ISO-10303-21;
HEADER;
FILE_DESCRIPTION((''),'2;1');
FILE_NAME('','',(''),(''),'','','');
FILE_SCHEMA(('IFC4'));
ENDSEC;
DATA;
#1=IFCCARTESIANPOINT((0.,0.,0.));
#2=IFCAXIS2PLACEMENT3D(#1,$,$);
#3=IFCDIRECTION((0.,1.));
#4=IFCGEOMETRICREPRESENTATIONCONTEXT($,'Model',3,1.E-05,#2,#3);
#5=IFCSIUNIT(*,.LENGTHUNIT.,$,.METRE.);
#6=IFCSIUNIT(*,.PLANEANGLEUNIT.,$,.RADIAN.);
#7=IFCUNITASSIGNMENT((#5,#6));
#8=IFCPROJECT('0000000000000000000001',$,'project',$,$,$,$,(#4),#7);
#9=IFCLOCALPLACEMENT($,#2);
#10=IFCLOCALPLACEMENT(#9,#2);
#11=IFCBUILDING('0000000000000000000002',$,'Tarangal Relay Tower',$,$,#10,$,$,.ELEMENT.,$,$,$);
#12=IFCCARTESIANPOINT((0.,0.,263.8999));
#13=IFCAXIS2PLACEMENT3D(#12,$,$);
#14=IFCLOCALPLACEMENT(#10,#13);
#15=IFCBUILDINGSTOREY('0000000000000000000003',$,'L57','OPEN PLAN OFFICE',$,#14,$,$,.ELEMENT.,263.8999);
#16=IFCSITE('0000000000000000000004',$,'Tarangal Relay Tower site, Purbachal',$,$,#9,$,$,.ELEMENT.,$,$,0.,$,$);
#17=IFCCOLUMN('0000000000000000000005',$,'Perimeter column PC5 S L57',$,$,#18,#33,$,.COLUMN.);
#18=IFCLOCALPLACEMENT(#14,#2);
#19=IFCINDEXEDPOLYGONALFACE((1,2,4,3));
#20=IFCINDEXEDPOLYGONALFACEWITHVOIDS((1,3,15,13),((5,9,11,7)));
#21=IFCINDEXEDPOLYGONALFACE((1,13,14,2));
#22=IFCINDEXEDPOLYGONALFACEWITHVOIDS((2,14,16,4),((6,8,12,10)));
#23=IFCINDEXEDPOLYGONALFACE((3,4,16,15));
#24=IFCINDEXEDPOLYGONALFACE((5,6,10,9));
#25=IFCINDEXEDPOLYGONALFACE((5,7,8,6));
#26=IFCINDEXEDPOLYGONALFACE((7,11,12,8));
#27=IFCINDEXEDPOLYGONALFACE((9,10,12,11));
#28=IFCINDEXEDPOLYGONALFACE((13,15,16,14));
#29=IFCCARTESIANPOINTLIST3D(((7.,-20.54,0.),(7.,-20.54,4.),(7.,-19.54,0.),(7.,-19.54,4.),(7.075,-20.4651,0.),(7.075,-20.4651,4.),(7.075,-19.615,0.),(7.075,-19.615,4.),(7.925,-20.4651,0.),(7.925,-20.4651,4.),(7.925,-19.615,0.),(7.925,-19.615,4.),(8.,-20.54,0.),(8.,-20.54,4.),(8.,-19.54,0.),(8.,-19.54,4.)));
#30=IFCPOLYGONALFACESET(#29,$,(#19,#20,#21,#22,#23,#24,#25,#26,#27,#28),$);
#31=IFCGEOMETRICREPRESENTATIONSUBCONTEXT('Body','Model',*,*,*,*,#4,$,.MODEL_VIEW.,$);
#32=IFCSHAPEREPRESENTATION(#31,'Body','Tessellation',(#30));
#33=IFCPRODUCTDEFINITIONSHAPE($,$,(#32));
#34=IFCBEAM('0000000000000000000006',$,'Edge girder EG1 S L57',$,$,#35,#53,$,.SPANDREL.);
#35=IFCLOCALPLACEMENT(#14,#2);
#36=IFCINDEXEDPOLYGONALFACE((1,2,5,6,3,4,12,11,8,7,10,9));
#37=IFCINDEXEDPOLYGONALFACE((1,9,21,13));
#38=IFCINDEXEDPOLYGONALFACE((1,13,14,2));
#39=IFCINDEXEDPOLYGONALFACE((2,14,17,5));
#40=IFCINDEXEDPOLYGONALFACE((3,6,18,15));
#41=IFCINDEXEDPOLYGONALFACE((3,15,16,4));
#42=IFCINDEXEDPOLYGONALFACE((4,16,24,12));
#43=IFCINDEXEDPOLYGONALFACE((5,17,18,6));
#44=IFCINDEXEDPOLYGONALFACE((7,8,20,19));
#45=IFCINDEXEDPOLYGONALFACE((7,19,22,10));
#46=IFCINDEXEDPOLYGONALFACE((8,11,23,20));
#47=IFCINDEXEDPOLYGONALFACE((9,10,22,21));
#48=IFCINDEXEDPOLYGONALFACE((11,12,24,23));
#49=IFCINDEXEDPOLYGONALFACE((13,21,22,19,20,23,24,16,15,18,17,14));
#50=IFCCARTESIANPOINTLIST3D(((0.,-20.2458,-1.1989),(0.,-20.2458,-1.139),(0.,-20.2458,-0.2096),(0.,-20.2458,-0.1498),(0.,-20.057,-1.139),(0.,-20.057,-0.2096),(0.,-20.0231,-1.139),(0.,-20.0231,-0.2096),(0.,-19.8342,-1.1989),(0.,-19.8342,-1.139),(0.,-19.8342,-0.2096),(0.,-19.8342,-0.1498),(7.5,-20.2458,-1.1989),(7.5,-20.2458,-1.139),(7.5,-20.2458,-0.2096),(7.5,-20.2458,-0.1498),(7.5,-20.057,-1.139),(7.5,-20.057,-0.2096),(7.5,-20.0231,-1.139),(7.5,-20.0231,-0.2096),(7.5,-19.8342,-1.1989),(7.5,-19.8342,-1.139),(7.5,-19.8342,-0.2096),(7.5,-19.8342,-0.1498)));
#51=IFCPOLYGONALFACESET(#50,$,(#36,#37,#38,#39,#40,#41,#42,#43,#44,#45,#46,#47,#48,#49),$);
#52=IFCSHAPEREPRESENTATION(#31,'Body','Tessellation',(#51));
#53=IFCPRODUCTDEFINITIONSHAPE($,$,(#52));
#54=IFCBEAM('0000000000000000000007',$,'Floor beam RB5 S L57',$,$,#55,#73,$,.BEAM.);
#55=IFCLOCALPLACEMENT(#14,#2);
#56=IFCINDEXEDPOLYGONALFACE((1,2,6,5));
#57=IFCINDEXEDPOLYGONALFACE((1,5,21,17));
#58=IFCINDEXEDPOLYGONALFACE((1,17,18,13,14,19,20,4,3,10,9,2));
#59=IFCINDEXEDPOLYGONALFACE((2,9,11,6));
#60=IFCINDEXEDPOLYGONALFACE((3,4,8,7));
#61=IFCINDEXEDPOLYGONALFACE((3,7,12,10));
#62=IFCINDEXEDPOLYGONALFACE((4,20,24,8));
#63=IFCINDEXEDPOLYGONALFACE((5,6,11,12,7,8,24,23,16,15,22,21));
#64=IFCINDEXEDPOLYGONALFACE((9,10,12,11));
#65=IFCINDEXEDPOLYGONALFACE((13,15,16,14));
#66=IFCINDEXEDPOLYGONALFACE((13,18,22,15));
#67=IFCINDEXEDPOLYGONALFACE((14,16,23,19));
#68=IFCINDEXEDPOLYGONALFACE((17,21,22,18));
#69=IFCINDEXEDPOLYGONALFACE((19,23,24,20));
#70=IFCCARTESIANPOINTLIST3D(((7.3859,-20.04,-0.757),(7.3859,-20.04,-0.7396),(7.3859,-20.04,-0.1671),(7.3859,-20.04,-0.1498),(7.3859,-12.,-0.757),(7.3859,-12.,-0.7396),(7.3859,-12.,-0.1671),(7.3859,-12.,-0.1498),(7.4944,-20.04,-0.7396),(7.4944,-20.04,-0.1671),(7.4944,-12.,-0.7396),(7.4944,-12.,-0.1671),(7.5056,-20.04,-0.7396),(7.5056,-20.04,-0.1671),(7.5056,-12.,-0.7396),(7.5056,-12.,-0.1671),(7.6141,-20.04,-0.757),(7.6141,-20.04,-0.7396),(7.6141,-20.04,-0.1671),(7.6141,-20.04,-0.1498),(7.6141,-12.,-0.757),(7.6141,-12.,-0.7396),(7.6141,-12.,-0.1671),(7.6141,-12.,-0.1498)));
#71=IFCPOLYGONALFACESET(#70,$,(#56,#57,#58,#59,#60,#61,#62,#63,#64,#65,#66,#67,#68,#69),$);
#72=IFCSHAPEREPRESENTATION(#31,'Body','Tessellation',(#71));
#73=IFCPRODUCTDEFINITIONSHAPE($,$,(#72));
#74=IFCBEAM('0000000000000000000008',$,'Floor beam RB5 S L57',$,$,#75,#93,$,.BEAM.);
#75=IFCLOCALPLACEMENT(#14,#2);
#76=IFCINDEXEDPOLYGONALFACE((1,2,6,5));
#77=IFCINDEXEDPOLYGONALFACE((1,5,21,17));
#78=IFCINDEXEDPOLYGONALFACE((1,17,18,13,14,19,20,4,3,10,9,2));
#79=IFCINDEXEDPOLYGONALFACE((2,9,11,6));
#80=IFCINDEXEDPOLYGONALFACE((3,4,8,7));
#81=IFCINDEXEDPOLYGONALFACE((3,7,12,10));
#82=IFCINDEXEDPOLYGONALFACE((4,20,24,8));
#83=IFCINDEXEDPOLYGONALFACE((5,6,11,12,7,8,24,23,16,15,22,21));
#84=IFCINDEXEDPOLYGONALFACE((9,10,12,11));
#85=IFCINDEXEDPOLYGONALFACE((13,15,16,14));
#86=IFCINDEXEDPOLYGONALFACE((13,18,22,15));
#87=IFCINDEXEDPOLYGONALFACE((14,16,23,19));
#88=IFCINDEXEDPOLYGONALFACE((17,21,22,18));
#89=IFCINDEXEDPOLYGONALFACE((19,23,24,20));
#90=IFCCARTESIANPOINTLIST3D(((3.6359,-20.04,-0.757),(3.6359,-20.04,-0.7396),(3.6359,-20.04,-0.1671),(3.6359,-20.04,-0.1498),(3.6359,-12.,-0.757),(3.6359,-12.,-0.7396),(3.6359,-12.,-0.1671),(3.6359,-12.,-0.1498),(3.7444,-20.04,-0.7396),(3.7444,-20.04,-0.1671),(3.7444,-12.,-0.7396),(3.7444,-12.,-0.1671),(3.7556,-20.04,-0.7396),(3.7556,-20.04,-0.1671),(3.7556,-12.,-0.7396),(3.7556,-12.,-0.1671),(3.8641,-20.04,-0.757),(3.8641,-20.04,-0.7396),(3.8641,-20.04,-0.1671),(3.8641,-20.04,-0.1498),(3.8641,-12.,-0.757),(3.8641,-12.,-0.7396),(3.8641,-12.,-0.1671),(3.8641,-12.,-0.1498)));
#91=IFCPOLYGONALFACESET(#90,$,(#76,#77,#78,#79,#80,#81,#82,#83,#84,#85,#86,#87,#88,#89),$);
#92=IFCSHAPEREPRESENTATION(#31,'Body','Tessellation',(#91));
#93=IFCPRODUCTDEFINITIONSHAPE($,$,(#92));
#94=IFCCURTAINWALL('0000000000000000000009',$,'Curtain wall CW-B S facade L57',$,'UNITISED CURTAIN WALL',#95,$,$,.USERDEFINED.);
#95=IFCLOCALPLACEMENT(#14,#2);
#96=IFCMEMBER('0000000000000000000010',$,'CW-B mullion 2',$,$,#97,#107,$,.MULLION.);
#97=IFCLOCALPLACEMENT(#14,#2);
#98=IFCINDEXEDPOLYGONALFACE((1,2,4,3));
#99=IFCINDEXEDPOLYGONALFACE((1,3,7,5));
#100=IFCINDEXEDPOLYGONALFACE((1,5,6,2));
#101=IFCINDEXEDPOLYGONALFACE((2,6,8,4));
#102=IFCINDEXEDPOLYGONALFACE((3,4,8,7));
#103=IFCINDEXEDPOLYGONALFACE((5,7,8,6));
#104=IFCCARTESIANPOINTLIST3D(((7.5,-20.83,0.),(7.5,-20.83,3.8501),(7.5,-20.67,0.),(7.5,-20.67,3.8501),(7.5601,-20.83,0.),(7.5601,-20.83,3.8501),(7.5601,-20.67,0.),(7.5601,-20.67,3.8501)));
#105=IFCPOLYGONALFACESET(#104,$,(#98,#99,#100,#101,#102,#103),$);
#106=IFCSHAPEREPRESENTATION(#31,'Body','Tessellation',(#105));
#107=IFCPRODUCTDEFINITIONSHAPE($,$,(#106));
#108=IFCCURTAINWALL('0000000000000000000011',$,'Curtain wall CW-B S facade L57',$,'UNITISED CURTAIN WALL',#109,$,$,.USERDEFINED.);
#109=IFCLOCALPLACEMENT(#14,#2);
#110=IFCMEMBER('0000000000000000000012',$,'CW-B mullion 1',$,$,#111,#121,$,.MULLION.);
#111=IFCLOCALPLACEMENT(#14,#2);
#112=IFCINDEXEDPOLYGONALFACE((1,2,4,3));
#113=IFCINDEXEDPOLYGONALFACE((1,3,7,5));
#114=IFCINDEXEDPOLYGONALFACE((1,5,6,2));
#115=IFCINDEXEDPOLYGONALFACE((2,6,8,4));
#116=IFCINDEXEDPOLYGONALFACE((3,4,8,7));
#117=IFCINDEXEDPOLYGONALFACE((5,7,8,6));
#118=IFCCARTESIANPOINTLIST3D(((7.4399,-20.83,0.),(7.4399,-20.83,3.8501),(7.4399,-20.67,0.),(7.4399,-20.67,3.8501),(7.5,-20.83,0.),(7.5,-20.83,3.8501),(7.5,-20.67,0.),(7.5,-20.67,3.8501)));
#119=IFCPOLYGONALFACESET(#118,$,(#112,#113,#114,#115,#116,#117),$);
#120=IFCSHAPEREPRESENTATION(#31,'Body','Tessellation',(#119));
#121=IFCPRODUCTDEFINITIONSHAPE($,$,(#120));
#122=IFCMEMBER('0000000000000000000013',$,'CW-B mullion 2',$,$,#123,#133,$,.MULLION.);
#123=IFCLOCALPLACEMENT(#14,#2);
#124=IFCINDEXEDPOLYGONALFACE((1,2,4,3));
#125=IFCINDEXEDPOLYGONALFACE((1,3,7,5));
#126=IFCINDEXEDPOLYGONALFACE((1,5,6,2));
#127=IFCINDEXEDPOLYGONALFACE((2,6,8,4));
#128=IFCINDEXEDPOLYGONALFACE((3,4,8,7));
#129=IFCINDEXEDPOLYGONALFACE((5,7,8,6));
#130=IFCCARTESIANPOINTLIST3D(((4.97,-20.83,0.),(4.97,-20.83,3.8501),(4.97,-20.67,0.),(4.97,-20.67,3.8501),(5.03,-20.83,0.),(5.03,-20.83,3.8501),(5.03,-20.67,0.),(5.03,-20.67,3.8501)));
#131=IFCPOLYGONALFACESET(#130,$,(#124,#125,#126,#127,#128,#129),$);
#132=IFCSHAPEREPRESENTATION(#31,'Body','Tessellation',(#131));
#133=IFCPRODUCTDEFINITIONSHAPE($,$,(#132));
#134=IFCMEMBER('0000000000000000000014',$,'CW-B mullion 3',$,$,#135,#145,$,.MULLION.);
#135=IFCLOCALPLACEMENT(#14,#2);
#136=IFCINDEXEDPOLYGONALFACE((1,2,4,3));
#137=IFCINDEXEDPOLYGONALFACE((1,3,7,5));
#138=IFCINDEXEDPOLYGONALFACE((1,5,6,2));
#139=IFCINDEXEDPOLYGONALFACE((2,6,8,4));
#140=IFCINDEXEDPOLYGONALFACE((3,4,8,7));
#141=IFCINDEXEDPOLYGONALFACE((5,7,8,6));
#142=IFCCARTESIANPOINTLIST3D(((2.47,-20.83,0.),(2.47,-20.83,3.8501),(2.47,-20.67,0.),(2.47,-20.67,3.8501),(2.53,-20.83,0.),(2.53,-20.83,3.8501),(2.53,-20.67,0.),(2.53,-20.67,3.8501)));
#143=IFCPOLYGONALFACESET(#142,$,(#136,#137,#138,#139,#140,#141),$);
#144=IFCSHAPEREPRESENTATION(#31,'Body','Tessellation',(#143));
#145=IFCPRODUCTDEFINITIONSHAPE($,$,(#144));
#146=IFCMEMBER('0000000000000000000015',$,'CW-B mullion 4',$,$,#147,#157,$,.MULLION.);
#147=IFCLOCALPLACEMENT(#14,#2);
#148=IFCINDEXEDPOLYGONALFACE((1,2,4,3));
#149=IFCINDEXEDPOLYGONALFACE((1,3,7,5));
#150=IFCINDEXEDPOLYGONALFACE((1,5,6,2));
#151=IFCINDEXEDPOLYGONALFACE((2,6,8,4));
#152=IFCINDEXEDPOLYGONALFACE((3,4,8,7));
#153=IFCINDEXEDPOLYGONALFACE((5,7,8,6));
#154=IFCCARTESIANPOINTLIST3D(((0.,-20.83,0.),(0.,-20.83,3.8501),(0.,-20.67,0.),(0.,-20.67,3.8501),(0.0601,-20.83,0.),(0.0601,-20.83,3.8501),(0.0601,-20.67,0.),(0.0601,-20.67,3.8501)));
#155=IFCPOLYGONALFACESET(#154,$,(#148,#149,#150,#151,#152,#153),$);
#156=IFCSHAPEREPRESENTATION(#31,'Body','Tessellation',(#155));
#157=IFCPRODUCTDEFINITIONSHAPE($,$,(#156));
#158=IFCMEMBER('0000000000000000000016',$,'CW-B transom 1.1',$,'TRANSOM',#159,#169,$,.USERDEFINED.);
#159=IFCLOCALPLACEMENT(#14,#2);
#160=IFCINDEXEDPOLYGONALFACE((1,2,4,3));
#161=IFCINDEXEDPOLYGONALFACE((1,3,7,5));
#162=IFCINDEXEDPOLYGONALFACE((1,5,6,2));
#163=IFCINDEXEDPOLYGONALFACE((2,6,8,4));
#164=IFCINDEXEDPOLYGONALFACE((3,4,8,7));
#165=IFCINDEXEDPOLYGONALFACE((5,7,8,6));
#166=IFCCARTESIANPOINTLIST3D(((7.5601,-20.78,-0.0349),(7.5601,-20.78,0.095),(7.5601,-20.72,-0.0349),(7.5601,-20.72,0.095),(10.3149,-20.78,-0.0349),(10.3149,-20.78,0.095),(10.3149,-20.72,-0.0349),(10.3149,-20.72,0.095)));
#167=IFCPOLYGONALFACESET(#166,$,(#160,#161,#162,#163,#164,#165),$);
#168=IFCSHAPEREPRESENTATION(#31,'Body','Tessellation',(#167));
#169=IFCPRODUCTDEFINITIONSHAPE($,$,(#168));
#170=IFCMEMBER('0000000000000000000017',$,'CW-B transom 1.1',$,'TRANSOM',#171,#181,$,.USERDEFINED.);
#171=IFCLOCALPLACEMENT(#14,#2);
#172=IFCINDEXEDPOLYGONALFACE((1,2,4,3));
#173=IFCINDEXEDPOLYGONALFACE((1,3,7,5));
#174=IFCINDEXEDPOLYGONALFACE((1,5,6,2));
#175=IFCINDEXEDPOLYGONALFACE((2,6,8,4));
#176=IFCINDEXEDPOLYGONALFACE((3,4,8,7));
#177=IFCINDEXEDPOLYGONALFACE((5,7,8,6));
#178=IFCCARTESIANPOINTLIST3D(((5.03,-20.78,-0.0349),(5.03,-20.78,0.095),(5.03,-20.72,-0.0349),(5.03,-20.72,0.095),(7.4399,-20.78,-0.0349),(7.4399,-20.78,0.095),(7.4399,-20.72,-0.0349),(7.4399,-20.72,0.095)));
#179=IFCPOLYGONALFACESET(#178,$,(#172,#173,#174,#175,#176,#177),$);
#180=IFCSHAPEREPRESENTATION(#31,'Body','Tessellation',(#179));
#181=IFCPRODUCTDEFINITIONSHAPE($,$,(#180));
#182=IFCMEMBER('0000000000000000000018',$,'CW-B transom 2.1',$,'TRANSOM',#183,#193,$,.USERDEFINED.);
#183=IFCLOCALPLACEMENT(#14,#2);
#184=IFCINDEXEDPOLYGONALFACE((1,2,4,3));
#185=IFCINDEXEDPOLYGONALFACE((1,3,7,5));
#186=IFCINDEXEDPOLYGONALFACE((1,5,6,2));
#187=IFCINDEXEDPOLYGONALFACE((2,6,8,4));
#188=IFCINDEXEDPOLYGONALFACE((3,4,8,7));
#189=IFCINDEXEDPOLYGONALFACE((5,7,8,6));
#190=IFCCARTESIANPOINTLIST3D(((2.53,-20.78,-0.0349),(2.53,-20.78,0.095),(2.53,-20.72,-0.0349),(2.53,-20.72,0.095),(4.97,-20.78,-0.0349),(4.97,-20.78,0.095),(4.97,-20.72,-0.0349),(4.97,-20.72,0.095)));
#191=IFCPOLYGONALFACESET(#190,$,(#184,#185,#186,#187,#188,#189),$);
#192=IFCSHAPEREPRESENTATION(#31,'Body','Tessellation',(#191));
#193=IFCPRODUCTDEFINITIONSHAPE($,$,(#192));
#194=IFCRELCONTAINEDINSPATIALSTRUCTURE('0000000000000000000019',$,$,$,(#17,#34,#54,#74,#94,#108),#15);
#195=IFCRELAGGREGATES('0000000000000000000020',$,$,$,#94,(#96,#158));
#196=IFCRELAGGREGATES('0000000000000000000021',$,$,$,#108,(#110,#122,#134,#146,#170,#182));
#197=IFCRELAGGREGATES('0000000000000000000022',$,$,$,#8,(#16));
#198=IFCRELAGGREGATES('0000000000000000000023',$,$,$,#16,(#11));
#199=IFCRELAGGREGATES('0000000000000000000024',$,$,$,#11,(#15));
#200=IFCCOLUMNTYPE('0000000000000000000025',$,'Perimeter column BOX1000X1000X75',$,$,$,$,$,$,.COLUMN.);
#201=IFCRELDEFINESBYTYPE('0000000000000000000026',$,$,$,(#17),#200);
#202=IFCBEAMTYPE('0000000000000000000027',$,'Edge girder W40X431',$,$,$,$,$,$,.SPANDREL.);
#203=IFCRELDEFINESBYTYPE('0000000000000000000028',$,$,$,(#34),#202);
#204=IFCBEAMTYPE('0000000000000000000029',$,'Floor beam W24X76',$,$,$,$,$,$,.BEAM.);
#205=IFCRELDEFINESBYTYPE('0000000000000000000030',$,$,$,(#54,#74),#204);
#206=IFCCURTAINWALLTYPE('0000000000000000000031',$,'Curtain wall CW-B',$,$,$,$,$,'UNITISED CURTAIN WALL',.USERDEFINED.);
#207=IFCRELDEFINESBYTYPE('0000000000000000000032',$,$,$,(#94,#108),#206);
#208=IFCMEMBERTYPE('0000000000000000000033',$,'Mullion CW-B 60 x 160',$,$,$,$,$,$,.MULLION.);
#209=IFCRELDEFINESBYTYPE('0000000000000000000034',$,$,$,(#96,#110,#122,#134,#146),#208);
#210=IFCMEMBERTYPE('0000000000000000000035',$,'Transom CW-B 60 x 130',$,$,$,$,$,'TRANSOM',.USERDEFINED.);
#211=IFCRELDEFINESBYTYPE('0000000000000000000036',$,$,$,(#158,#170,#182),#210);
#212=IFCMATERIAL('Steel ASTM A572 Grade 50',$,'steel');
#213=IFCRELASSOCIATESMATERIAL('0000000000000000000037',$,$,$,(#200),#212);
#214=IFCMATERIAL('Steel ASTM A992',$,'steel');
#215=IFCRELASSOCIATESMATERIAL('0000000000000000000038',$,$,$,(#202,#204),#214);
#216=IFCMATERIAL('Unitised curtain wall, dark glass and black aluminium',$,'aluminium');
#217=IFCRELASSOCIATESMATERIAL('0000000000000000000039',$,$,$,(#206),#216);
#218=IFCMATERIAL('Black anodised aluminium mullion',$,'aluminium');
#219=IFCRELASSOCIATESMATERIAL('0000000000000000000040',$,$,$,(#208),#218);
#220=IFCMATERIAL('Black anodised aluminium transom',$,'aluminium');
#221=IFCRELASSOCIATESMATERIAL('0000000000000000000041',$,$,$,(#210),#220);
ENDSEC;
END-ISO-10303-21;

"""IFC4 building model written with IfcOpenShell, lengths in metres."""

from ifc_helpers import new_model, si_unit, direction, frame, origin, origin_2d, place, context, subcontext, project, spatial, rectangle, hollow_rectangle, i_section, extrude, material, material_profile, profile_set, type_object, element, aggregate, save


model = new_model("IFC4")

# Units and contexts
model_context = context("Model", 3, precision=1e-05, world=origin(), true_north=direction((0.0, 1.0)))
body_context = subcontext(model_context, "Body", "Model", "MODEL_VIEW")
ifc_project = project(units=[si_unit("LENGTHUNIT", "METRE"), si_unit("PLANEANGLEUNIT", "RADIAN")], contexts=[model_context])

# Site, building, storey
site_placement = place(None, origin())
site = spatial("IfcSite", under=ifc_project, at=site_placement, Name="Tarangal Relay Tower site, Purbachal", CompositionType="ELEMENT", RefElevation=0.0)
building_placement = place(site_placement, origin())
building = spatial("IfcBuilding", under=site, at=building_placement, Name="Tarangal Relay Tower", CompositionType="ELEMENT")
storey_placement = place(building_placement, frame((0.0, 0.0, 263.8999)))
storey = spatial("IfcBuildingStorey", under=building, at=storey_placement, Name="L57", Description="OPEN PLAN OFFICE", CompositionType="ELEMENT", Elevation=263.8999)

# Column
ifc_material_1 = material(Name="Steel ASTM A572 Grade 50", Category="steel")
ifc_material_profile_1 = material_profile(ifc_material_1, hollow_rectangle(XDim=1.0, YDim=1.0, WallThickness=0.075, at=origin_2d()), Name="BOX1000X1000X75")
ifc_profile_set_1 = profile_set([ifc_material_profile_1], Name="Steel ASTM A572 Grade 50")
column_type = type_object("IfcColumnType", Name="Perimeter column BOX1000X1000X75", PredefinedType="COLUMN", material=ifc_profile_set_1)
column_placement = place(storey_placement, frame((7.5, -20.04, 0.0), z_axis=(0.0, 0.0, 1.0), x_axis=(1.0, 0.0, 0.0)))
element("IfcColumn", 1, at=column_placement, inside=storey, type_object=column_type, Name="Perimeter column PC5 S L57", PredefinedType="COLUMN", context=body_context, shape_type="SweptSolid", body=[
    extrude(hollow_rectangle(XDim=1.0, YDim=1.0, WallThickness=0.075, at=origin_2d()), origin(), (0.0, 0.0, 1.0), 4.0),
])

# Beams
ifc_material_2 = material(Name="Steel ASTM A992", Category="steel")
ifc_material_profile_2 = material_profile(ifc_material_2, i_section(OverallWidth=0.4116, OverallDepth=1.0491, WebThickness=0.0339, FlangeThickness=0.0598, at=origin_2d()), Name="W40X431")
ifc_profile_set_2 = profile_set([ifc_material_profile_2], Name="Steel ASTM A992")
beam_type_1 = type_object("IfcBeamType", Name="Edge girder W40X431", PredefinedType="SPANDREL", material=ifc_profile_set_2)
beam_placement = place(storey_placement, frame((7.5, -20.04, -0.6743), z_axis=(-1.0, 0.0, 0.0), x_axis=(0.0, -1.0, 0.0)))
element("IfcBeam", 2, at=beam_placement, inside=storey, type_object=beam_type_1, Name="Edge girder EG1 S L57", PredefinedType="SPANDREL", context=body_context, shape_type="SweptSolid", body=[
    extrude(i_section(OverallWidth=0.4116, OverallDepth=1.0491, WebThickness=0.0339, FlangeThickness=0.0598, at=origin_2d()), origin(), (0.0, 0.0, 1.0), 7.5),
])
ifc_material_profile_3 = material_profile(ifc_material_2, i_section(OverallWidth=0.2283, OverallDepth=0.6072, WebThickness=0.0112, FlangeThickness=0.0173, at=origin_2d()), Name="W24X76")
ifc_profile_set_3 = profile_set([ifc_material_profile_3], Name="Steel ASTM A992")
beam_type_2 = type_object("IfcBeamType", Name="Floor beam W24X76", PredefinedType="BEAM", material=ifc_profile_set_3)
for number, where, z_axis, x_axis, name in (
    (3, (7.5, -12.0, -0.4534), (0.0, -1.0, 0.0), (1.0, 0.0, 0.0), "Floor beam RB5 S L57"),
    (4, (3.75, -12.0, -0.4534), (0.0, -1.0, 0.0), (1.0, 0.0, 0.0), "Floor beam RB5 S L57"),
):
    element("IfcBeam", number, at=place(storey_placement, frame(where, z_axis=z_axis, x_axis=x_axis)), inside=storey, type_object=beam_type_2, Name=name, PredefinedType="BEAM", context=body_context, shape_type="SweptSolid", body=[
        extrude(i_section(OverallWidth=0.2283, OverallDepth=0.6072, WebThickness=0.0112, FlangeThickness=0.0173, at=origin_2d()), origin(), (0.0, 0.0, 1.0), 8.04),
    ])

# Curtain wall, member
ifc_material_3 = material(Name="Unitised curtain wall, dark glass and black aluminium", Category="aluminium")
curtain_wall_type = type_object("IfcCurtainWallType", Name="Curtain wall CW-B", ElementType="UNITISED CURTAIN WALL", PredefinedType="USERDEFINED", material=ifc_material_3)
curtain_wall_1_placement = place(storey_placement, origin())
curtain_wall_1 = element("IfcCurtainWall", 5, at=curtain_wall_1_placement, inside=storey, type_object=curtain_wall_type, Name="Curtain wall CW-B S facade L57", ObjectType="UNITISED CURTAIN WALL", PredefinedType="USERDEFINED")
ifc_material_4 = material(Name="Black anodised aluminium mullion", Category="aluminium")
ifc_material_profile_4 = material_profile(ifc_material_4, rectangle(XDim=0.1599, YDim=0.0601, at=origin_2d()), Name="CW-BM 60X160")
ifc_profile_set_4 = profile_set([ifc_material_profile_4], Name="Black anodised aluminium mullion")
member_type_1 = type_object("IfcMemberType", Name="Mullion CW-B 60 x 160", PredefinedType="MULLION", material=ifc_profile_set_4)
member_1_placement = place(storey_placement, frame((7.53, -20.75, 0.0), z_axis=(0.0, 0.0, 1.0), x_axis=(0.0, -1.0, 0.0)))
member_1 = element("IfcMember", 6, at=member_1_placement, type_object=member_type_1, Name="CW-B mullion 2", PredefinedType="MULLION", context=body_context, shape_type="SweptSolid", body=[
    extrude(rectangle(XDim=0.1599, YDim=0.0601, at=origin_2d()), origin(), (0.0, 0.0, 1.0), 3.8501),
])

# Curtain wall, members
curtain_wall_2_placement = place(storey_placement, origin())
curtain_wall_2 = element("IfcCurtainWall", 7, at=curtain_wall_2_placement, inside=storey, type_object=curtain_wall_type, Name="Curtain wall CW-B S facade L57", ObjectType="UNITISED CURTAIN WALL", PredefinedType="USERDEFINED")
member_2_placement = place(storey_placement, frame((7.47, -20.75, 0.0), z_axis=(0.0, 0.0, 1.0), x_axis=(0.0, -1.0, 0.0)))
member_2 = element("IfcMember", 8, at=member_2_placement, type_object=member_type_1, Name="CW-B mullion 1", PredefinedType="MULLION", context=body_context, shape_type="SweptSolid", body=[
    extrude(rectangle(XDim=0.1599, YDim=0.0601, at=origin_2d()), origin(), (0.0, 0.0, 1.0), 3.8501),
])
member_3_placement = place(storey_placement, frame((5.0, -20.75, 0.0), z_axis=(0.0, 0.0, 1.0), x_axis=(0.0, -1.0, 0.0)))
member_3 = element("IfcMember", 9, at=member_3_placement, type_object=member_type_1, Name="CW-B mullion 2", PredefinedType="MULLION", context=body_context, shape_type="SweptSolid", body=[
    extrude(rectangle(XDim=0.1599, YDim=0.0601, at=origin_2d()), origin(), (0.0, 0.0, 1.0), 3.8501),
])
member_4_placement = place(storey_placement, frame((2.5, -20.75, 0.0), z_axis=(0.0, 0.0, 1.0), x_axis=(0.0, -1.0, 0.0)))
member_4 = element("IfcMember", 10, at=member_4_placement, type_object=member_type_1, Name="CW-B mullion 3", PredefinedType="MULLION", context=body_context, shape_type="SweptSolid", body=[
    extrude(rectangle(XDim=0.1599, YDim=0.0601, at=origin_2d()), origin(), (0.0, 0.0, 1.0), 3.8501),
])
member_5_placement = place(storey_placement, frame((0.03, -20.75, 0.0), z_axis=(0.0, 0.0, 1.0), x_axis=(0.0, -1.0, 0.0)))
member_5 = element("IfcMember", 11, at=member_5_placement, type_object=member_type_1, Name="CW-B mullion 4", PredefinedType="MULLION", context=body_context, shape_type="SweptSolid", body=[
    extrude(rectangle(XDim=0.1599, YDim=0.0601, at=origin_2d()), origin(), (0.0, 0.0, 1.0), 3.8501),
])

# Members
ifc_material_5 = material(Name="Black anodised aluminium transom", Category="aluminium")
ifc_material_profile_5 = material_profile(ifc_material_5, rectangle(XDim=0.0601, YDim=0.1299, at=origin_2d()), Name="CW-BT 60X130")
ifc_profile_set_5 = profile_set([ifc_material_profile_5], Name="Black anodised aluminium transom")
member_type_2 = type_object("IfcMemberType", Name="Transom CW-B 60 x 130", ElementType="TRANSOM", PredefinedType="USERDEFINED", material=ifc_profile_set_5)
member_6_placement = place(storey_placement, frame((10.3149, -20.75, 0.03), z_axis=(-1.0, 0.0, 0.0), x_axis=(0.0, -1.0, 0.0)))
member_6 = element("IfcMember", 12, at=member_6_placement, type_object=member_type_2, Name="CW-B transom 1.1", ObjectType="TRANSOM", PredefinedType="USERDEFINED", context=body_context, shape_type="SweptSolid", body=[
    extrude(rectangle(XDim=0.0601, YDim=0.1299, at=origin_2d()), origin(), (0.0, 0.0, 1.0), 2.7549),
])
member_7_placement = place(storey_placement, frame((7.4399, -20.75, 0.03), z_axis=(-1.0, 0.0, 0.0), x_axis=(0.0, -1.0, 0.0)))
member_7 = element("IfcMember", 13, at=member_7_placement, type_object=member_type_2, Name="CW-B transom 1.1", ObjectType="TRANSOM", PredefinedType="USERDEFINED", context=body_context, shape_type="SweptSolid", body=[
    extrude(rectangle(XDim=0.0601, YDim=0.1299, at=origin_2d()), origin(), (0.0, 0.0, 1.0), 2.4099),
])
member_8_placement = place(storey_placement, frame((4.97, -20.75, 0.03), z_axis=(-1.0, 0.0, 0.0), x_axis=(0.0, -1.0, 0.0)))
member_8 = element("IfcMember", 14, at=member_8_placement, type_object=member_type_2, Name="CW-B transom 2.1", ObjectType="TRANSOM", PredefinedType="USERDEFINED", context=body_context, shape_type="SweptSolid", body=[
    extrude(rectangle(XDim=0.0601, YDim=0.1299, at=origin_2d()), origin(), (0.0, 0.0, 1.0), 2.4399),
])

aggregate(curtain_wall_1, [member_1, member_6])
aggregate(curtain_wall_2, [member_2, member_3, member_4, member_5, member_7, member_8])

save(model, "model.ifc")
